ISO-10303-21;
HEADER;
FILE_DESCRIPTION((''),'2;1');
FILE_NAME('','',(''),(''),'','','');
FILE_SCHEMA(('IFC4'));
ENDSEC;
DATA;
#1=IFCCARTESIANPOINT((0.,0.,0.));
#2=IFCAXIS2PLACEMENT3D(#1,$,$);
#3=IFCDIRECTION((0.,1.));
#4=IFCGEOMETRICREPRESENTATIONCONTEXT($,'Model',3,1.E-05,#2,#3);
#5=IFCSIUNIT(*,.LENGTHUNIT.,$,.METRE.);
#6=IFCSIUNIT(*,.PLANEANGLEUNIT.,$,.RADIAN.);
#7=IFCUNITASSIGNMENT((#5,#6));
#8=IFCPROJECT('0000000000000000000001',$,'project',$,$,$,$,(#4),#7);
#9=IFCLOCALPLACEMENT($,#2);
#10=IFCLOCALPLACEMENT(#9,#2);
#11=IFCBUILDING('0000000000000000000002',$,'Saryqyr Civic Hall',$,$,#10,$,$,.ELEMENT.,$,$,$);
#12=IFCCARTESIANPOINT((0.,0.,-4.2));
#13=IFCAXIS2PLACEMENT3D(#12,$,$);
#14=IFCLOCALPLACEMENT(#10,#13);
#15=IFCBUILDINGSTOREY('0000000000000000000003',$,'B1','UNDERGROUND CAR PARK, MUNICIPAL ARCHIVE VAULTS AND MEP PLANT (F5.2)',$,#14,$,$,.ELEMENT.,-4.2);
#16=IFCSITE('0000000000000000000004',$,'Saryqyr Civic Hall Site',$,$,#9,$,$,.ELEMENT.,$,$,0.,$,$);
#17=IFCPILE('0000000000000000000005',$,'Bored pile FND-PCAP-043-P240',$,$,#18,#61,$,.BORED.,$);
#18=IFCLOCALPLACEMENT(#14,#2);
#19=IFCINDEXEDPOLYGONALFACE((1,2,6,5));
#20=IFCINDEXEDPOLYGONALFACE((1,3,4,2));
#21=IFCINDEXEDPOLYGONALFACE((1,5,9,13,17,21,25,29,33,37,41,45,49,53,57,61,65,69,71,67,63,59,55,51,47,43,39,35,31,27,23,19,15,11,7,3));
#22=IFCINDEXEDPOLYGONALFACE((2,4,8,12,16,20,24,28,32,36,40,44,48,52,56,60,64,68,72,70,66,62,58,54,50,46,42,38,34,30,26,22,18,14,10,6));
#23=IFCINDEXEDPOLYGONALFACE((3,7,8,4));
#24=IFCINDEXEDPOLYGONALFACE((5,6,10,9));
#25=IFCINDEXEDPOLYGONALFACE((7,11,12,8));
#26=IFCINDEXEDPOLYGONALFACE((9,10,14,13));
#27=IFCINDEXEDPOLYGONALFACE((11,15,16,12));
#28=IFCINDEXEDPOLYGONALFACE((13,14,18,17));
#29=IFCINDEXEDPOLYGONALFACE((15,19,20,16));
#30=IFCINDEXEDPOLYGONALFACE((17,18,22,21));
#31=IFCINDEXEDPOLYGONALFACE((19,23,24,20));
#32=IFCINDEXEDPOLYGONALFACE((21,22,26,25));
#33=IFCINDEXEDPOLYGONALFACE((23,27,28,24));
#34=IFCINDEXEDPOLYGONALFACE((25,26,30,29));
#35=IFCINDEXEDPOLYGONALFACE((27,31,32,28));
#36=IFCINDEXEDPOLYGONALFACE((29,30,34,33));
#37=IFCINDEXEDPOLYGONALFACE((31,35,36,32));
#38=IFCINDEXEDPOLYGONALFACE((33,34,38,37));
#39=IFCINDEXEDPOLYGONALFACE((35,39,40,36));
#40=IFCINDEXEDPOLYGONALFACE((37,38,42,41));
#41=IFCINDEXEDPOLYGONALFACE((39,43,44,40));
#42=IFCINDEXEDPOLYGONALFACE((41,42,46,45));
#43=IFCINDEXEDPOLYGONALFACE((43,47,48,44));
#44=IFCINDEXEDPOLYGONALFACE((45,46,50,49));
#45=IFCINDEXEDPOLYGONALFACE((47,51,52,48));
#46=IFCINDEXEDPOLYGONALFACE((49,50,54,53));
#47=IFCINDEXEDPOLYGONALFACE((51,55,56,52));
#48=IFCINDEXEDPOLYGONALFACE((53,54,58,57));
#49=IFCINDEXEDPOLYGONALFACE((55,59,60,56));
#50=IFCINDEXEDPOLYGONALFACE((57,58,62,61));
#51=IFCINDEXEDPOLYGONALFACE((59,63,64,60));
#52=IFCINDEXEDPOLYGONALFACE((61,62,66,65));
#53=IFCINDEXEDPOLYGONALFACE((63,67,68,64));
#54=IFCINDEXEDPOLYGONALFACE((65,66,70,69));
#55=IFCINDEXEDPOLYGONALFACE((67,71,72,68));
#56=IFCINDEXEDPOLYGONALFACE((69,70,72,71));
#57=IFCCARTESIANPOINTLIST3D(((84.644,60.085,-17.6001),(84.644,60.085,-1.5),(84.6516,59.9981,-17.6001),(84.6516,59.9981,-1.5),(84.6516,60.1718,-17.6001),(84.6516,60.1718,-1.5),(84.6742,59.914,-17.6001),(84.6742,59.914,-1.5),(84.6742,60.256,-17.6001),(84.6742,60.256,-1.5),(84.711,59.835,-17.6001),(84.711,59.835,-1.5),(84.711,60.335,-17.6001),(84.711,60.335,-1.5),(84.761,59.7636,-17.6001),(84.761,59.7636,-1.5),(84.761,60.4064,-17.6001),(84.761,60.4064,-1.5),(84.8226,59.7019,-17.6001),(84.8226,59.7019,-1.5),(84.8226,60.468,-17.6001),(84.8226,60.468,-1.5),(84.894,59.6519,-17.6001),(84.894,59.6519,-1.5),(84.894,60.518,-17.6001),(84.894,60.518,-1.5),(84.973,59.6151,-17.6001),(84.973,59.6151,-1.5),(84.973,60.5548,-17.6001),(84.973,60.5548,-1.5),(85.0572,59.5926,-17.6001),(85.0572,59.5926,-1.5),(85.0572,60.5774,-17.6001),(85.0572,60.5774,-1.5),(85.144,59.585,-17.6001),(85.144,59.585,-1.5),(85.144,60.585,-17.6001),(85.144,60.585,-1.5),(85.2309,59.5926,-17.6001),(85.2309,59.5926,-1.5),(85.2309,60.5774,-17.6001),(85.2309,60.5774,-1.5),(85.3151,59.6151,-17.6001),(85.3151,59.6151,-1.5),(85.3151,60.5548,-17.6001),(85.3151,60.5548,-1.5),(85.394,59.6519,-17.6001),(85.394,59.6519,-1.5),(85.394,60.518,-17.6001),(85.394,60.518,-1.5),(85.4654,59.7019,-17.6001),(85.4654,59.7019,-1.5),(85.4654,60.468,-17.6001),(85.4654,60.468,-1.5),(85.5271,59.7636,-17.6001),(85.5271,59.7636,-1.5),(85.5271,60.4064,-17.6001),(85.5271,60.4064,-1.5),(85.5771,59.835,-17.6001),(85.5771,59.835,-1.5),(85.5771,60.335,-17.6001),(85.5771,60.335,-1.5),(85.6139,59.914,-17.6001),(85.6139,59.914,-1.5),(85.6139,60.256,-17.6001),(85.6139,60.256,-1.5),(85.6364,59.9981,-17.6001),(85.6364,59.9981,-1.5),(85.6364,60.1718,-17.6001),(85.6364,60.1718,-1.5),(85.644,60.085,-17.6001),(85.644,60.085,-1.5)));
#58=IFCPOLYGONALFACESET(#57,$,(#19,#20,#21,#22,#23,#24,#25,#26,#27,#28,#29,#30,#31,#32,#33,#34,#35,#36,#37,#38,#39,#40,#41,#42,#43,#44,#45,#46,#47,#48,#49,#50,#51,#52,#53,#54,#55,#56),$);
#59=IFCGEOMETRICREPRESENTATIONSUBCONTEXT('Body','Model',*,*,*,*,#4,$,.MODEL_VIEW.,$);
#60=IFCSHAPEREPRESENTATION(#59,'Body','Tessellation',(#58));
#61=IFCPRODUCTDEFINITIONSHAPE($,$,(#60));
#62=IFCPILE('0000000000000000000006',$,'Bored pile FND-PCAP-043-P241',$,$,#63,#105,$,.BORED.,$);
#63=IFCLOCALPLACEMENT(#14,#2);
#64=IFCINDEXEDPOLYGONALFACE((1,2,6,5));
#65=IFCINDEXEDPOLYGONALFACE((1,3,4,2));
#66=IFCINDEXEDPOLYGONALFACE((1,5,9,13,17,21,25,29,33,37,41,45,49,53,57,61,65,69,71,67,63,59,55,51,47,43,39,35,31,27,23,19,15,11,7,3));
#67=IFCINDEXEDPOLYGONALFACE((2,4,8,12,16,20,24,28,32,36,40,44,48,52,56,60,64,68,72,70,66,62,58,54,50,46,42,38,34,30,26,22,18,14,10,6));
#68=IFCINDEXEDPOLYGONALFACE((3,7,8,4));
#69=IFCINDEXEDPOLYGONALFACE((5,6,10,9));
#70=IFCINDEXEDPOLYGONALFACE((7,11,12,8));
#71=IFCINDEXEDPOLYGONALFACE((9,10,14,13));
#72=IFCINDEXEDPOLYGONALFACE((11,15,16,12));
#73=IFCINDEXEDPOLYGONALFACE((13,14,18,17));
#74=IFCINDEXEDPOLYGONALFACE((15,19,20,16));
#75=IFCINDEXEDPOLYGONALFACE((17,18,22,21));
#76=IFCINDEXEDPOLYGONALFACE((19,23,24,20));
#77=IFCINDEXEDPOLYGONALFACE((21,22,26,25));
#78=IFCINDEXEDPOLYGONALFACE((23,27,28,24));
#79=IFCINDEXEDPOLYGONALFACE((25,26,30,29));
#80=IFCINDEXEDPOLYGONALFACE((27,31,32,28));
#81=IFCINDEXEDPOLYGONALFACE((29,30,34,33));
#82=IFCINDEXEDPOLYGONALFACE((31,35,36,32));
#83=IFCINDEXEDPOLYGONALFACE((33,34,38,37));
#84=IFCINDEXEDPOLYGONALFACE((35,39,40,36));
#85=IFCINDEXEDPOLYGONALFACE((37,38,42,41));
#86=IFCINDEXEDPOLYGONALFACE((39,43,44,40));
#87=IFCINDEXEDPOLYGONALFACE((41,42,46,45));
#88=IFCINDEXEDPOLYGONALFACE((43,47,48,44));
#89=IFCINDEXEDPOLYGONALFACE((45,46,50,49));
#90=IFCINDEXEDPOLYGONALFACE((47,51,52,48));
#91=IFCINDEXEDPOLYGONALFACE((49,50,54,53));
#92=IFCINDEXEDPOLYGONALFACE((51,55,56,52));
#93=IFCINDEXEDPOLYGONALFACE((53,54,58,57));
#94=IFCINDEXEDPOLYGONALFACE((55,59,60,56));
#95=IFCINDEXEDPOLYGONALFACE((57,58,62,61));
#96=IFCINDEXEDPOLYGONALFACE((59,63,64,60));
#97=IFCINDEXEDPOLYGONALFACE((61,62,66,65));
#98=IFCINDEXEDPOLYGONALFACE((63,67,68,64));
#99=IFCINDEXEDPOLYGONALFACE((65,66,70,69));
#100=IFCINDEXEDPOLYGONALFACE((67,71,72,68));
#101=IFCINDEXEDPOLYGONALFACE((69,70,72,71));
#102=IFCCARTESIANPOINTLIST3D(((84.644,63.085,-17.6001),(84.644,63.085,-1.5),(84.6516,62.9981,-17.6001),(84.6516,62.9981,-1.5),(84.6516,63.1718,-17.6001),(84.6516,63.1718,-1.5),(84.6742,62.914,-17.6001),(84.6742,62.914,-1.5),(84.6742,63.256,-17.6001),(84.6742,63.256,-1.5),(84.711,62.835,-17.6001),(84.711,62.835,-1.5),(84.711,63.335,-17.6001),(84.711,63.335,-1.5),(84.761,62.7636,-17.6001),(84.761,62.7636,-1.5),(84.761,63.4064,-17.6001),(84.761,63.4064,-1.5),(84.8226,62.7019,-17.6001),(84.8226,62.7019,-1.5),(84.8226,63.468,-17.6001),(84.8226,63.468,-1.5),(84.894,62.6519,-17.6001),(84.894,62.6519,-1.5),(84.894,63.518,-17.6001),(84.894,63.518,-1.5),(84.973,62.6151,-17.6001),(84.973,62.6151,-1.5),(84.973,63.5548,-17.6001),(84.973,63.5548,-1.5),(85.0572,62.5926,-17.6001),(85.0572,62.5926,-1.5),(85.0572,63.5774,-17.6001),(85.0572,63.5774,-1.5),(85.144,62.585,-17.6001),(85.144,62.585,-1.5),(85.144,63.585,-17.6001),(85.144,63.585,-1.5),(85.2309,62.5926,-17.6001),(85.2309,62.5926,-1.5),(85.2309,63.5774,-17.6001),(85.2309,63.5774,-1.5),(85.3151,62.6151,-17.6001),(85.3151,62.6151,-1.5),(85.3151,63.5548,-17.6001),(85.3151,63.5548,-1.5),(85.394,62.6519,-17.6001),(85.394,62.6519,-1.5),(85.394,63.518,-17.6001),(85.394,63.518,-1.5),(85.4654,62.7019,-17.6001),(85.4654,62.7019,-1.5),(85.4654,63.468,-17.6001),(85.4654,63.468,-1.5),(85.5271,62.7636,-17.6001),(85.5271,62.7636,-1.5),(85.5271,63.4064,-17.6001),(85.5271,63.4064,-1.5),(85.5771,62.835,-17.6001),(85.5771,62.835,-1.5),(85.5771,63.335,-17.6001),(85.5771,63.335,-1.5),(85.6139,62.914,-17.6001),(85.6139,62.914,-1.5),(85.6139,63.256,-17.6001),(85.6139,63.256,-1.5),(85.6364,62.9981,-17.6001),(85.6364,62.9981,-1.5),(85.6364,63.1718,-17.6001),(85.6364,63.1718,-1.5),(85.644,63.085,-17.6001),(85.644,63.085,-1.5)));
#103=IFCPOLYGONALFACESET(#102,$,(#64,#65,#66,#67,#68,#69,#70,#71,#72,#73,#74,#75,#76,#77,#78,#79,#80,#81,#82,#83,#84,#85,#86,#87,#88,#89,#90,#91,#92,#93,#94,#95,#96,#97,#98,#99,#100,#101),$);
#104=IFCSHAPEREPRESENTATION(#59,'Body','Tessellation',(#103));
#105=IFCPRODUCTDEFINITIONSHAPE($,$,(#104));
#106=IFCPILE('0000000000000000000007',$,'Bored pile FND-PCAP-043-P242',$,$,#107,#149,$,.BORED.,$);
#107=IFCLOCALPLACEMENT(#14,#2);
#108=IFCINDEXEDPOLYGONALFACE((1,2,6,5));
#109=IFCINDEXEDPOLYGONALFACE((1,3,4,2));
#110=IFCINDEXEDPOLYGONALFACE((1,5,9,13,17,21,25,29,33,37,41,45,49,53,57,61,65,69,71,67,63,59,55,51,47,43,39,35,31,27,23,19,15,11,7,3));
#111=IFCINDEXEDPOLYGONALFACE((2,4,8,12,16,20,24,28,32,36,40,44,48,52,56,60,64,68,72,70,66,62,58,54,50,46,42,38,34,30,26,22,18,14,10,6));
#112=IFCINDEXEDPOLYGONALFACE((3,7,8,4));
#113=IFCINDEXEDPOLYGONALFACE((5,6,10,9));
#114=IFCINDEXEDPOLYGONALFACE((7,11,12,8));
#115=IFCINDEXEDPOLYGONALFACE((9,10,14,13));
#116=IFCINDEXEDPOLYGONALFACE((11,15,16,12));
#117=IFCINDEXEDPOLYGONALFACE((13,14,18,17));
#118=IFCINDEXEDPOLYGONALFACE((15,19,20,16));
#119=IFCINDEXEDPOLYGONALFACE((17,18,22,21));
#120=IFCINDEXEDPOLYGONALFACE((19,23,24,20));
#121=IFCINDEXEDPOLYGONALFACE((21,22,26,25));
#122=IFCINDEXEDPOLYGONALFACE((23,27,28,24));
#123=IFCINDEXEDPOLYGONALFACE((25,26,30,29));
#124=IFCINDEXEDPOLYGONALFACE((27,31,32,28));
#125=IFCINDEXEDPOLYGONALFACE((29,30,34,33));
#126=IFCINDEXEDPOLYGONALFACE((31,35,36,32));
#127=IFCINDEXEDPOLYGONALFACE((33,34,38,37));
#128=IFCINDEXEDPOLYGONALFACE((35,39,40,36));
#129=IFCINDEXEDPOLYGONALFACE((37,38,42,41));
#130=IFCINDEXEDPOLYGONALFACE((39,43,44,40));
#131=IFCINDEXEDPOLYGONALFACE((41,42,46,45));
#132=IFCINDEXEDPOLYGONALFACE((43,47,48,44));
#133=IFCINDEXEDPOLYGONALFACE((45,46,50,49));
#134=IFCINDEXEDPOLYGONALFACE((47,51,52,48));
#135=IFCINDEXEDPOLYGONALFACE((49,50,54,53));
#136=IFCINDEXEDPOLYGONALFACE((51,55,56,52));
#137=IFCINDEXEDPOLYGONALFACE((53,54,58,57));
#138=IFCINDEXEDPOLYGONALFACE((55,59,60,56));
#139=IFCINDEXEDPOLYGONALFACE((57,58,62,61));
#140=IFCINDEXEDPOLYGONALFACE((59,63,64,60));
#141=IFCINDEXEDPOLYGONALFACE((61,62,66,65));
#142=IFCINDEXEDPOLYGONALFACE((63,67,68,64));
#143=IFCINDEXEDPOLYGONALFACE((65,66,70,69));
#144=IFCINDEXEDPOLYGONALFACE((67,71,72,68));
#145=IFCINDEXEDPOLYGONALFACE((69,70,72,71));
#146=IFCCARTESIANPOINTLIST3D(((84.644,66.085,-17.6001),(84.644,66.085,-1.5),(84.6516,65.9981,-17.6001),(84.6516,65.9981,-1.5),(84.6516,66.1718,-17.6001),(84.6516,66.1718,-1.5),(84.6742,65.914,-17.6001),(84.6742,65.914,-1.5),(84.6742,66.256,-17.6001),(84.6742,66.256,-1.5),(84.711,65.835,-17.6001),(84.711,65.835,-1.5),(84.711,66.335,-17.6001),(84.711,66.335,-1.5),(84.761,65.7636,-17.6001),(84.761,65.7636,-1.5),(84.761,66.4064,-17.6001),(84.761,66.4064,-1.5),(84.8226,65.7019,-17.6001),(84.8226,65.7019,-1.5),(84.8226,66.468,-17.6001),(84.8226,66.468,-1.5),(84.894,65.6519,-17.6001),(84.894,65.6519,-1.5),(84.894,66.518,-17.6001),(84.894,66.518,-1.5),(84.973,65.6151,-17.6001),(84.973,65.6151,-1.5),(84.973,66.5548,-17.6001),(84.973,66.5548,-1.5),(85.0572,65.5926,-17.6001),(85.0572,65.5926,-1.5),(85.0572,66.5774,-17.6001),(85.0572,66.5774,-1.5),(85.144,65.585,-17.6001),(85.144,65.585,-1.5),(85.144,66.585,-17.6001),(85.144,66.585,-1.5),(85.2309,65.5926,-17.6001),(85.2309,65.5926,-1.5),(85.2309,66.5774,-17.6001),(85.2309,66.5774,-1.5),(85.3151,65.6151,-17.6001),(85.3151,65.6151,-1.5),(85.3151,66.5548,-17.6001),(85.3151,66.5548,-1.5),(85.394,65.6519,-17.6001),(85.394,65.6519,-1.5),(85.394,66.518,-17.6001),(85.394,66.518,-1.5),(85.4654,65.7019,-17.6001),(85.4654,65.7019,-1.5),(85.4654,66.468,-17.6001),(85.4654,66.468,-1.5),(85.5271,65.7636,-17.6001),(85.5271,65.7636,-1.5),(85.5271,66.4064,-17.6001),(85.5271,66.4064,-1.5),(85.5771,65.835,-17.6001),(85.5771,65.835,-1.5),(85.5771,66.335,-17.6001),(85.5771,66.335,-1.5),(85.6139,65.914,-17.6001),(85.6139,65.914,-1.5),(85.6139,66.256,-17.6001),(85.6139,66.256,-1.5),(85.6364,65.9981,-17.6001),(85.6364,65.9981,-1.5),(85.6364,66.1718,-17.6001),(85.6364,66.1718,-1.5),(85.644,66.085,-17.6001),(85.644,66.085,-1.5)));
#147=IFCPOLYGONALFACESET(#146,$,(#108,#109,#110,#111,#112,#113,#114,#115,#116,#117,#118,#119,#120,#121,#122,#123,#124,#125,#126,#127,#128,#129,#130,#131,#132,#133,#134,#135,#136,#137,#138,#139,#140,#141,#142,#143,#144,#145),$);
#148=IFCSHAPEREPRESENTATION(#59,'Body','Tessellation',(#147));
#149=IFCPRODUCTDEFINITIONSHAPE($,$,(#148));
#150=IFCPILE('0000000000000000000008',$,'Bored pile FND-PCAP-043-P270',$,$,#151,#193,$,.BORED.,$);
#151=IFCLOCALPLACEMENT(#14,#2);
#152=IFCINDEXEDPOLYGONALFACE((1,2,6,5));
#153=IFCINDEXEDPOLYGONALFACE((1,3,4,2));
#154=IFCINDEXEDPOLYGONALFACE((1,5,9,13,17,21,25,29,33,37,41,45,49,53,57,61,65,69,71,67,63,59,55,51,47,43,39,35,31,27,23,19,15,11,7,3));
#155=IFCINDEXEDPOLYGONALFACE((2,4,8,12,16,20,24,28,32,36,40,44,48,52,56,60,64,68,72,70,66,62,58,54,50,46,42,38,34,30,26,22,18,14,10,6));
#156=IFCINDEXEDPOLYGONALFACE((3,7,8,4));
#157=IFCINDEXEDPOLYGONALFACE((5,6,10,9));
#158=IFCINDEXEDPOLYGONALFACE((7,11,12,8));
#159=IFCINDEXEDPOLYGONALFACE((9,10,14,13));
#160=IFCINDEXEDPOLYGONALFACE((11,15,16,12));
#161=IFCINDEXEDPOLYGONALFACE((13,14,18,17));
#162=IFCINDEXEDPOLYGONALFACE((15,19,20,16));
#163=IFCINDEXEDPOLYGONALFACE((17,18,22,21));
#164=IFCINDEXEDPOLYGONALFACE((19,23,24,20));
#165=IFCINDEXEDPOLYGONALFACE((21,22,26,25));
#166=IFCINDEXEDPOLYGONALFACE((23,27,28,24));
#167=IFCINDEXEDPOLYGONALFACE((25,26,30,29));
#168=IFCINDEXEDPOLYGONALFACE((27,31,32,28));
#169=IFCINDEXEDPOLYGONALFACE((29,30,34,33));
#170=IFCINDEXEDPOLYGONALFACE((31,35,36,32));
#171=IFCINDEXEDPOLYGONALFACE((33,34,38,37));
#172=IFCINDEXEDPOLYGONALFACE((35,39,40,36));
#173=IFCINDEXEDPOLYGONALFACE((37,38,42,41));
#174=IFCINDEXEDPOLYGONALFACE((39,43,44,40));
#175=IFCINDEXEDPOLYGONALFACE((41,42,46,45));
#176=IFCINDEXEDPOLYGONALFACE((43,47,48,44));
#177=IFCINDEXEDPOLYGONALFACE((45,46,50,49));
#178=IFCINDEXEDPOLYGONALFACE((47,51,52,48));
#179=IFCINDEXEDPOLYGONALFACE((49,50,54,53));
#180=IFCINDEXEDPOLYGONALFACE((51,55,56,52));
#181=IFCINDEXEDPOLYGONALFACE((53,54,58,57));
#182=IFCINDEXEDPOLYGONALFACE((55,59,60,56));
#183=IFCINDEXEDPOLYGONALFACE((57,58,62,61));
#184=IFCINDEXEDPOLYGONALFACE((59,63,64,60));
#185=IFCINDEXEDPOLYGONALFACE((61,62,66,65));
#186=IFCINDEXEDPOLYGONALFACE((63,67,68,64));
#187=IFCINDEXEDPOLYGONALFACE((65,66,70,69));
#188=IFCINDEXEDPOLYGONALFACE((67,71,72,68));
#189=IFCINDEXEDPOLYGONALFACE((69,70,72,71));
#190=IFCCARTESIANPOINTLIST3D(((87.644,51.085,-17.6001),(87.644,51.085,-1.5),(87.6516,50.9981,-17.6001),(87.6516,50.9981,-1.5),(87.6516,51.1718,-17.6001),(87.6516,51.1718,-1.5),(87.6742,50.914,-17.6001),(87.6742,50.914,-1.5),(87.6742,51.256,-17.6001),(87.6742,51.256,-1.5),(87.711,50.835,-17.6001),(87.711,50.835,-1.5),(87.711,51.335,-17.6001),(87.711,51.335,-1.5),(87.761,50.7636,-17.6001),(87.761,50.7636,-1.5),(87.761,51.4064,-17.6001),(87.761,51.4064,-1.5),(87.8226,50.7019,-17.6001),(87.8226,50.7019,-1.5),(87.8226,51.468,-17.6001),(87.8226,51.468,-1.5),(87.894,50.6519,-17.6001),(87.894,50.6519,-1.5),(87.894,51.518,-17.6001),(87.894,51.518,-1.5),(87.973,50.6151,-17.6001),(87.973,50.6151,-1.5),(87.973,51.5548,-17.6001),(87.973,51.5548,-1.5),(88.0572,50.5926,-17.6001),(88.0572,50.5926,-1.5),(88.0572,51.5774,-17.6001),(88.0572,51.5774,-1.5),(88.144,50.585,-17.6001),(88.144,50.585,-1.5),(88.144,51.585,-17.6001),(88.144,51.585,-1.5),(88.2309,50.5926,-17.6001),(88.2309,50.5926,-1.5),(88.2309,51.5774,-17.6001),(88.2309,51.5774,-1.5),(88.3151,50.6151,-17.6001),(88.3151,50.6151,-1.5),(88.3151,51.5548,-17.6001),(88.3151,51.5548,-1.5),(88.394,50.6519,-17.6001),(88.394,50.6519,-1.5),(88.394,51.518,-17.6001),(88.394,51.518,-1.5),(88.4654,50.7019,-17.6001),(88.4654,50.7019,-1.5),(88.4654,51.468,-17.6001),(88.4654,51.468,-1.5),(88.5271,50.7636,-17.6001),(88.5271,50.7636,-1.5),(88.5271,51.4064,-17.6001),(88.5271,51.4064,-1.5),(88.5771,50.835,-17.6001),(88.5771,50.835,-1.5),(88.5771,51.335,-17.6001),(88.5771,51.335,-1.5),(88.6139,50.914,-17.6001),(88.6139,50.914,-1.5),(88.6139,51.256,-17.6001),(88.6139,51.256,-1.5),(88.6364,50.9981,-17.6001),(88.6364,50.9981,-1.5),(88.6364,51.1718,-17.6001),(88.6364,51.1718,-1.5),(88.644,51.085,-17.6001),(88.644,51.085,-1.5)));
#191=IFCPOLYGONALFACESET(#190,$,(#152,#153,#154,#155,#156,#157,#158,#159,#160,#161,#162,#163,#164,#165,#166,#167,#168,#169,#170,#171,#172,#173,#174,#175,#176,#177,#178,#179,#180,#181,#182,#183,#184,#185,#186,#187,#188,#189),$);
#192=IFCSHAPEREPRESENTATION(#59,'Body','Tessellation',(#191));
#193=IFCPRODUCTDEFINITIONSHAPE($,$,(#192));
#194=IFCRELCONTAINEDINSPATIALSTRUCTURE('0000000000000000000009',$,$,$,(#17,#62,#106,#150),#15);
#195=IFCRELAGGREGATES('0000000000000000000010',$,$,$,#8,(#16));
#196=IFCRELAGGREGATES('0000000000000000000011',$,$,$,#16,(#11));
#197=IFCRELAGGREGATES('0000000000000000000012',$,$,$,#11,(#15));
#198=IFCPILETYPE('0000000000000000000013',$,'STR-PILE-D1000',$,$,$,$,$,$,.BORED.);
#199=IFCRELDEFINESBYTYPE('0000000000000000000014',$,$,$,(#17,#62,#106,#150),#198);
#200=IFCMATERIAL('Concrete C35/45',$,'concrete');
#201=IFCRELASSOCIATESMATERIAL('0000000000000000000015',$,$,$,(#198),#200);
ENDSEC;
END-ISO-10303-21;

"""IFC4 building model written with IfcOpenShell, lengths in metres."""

from ifc_helpers import new_model, si_unit, direction, frame, origin, origin_2d, place, context, subcontext, project, spatial, circle, extrude, material, material_profile, profile_set, type_object, element, save


model = new_model("IFC4")

# Units and contexts
model_context = context("Model", 3, precision=1e-05, world=origin(), true_north=direction((0.0, 1.0)))
body_context = subcontext(model_context, "Body", "Model", "MODEL_VIEW")
ifc_project = project(units=[si_unit("LENGTHUNIT", "METRE"), si_unit("PLANEANGLEUNIT", "RADIAN")], contexts=[model_context])

# Site, building, storey
site_placement = place(None, origin())
site = spatial("IfcSite", under=ifc_project, at=site_placement, Name="Saryqyr Civic Hall Site", CompositionType="ELEMENT", RefElevation=0.0)
building_placement = place(site_placement, origin())
building = spatial("IfcBuilding", under=site, at=building_placement, Name="Saryqyr Civic Hall", CompositionType="ELEMENT")
storey_placement = place(building_placement, frame((0.0, 0.0, -4.2)))
storey = spatial("IfcBuildingStorey", under=building, at=storey_placement, Name="B1", Description="UNDERGROUND CAR PARK, MUNICIPAL ARCHIVE VAULTS AND MEP PLANT (F5.2)", CompositionType="ELEMENT", Elevation=-4.2)

# Piles
ifc_material_1 = material(Name="Concrete C35/45", Category="concrete")
ifc_material_profile_1 = material_profile(ifc_material_1, circle(Radius=0.5, at=origin_2d()), Name="BORED PILE D1000")
ifc_profile_set_1 = profile_set([ifc_material_profile_1], Name="Concrete C35/45")
pile_type = type_object("IfcPileType", Name="STR-PILE-D1000", PredefinedType="BORED", material=ifc_profile_set_1)
for number, where, z_axis, x_axis, name in (
    (1, (85.144, 60.085, -1.5), (0.0, 0.0, -1.0), (1.0, 0.0, 0.0), "Bored pile FND-PCAP-043-P240"),
    (2, (85.144, 63.085, -1.5), (0.0, 0.0, -1.0), (1.0, 0.0, 0.0), "Bored pile FND-PCAP-043-P241"),
    (3, (85.144, 66.085, -1.5), (0.0, 0.0, -1.0), (1.0, 0.0, 0.0), "Bored pile FND-PCAP-043-P242"),
    (4, (88.144, 51.085, -1.5), (0.0, 0.0, -1.0), (1.0, 0.0, 0.0), "Bored pile FND-PCAP-043-P270"),
):
    element("IfcPile", number, at=place(storey_placement, frame(where, z_axis=z_axis, x_axis=x_axis)), inside=storey, type_object=pile_type, Name=name, PredefinedType="BORED", context=body_context, shape_type="SweptSolid", body=[
        extrude(circle(Radius=0.5, at=origin_2d()), origin(), (0.0, 0.0, 1.0), 16.1001),
    ])

save(model, "model.ifc")
